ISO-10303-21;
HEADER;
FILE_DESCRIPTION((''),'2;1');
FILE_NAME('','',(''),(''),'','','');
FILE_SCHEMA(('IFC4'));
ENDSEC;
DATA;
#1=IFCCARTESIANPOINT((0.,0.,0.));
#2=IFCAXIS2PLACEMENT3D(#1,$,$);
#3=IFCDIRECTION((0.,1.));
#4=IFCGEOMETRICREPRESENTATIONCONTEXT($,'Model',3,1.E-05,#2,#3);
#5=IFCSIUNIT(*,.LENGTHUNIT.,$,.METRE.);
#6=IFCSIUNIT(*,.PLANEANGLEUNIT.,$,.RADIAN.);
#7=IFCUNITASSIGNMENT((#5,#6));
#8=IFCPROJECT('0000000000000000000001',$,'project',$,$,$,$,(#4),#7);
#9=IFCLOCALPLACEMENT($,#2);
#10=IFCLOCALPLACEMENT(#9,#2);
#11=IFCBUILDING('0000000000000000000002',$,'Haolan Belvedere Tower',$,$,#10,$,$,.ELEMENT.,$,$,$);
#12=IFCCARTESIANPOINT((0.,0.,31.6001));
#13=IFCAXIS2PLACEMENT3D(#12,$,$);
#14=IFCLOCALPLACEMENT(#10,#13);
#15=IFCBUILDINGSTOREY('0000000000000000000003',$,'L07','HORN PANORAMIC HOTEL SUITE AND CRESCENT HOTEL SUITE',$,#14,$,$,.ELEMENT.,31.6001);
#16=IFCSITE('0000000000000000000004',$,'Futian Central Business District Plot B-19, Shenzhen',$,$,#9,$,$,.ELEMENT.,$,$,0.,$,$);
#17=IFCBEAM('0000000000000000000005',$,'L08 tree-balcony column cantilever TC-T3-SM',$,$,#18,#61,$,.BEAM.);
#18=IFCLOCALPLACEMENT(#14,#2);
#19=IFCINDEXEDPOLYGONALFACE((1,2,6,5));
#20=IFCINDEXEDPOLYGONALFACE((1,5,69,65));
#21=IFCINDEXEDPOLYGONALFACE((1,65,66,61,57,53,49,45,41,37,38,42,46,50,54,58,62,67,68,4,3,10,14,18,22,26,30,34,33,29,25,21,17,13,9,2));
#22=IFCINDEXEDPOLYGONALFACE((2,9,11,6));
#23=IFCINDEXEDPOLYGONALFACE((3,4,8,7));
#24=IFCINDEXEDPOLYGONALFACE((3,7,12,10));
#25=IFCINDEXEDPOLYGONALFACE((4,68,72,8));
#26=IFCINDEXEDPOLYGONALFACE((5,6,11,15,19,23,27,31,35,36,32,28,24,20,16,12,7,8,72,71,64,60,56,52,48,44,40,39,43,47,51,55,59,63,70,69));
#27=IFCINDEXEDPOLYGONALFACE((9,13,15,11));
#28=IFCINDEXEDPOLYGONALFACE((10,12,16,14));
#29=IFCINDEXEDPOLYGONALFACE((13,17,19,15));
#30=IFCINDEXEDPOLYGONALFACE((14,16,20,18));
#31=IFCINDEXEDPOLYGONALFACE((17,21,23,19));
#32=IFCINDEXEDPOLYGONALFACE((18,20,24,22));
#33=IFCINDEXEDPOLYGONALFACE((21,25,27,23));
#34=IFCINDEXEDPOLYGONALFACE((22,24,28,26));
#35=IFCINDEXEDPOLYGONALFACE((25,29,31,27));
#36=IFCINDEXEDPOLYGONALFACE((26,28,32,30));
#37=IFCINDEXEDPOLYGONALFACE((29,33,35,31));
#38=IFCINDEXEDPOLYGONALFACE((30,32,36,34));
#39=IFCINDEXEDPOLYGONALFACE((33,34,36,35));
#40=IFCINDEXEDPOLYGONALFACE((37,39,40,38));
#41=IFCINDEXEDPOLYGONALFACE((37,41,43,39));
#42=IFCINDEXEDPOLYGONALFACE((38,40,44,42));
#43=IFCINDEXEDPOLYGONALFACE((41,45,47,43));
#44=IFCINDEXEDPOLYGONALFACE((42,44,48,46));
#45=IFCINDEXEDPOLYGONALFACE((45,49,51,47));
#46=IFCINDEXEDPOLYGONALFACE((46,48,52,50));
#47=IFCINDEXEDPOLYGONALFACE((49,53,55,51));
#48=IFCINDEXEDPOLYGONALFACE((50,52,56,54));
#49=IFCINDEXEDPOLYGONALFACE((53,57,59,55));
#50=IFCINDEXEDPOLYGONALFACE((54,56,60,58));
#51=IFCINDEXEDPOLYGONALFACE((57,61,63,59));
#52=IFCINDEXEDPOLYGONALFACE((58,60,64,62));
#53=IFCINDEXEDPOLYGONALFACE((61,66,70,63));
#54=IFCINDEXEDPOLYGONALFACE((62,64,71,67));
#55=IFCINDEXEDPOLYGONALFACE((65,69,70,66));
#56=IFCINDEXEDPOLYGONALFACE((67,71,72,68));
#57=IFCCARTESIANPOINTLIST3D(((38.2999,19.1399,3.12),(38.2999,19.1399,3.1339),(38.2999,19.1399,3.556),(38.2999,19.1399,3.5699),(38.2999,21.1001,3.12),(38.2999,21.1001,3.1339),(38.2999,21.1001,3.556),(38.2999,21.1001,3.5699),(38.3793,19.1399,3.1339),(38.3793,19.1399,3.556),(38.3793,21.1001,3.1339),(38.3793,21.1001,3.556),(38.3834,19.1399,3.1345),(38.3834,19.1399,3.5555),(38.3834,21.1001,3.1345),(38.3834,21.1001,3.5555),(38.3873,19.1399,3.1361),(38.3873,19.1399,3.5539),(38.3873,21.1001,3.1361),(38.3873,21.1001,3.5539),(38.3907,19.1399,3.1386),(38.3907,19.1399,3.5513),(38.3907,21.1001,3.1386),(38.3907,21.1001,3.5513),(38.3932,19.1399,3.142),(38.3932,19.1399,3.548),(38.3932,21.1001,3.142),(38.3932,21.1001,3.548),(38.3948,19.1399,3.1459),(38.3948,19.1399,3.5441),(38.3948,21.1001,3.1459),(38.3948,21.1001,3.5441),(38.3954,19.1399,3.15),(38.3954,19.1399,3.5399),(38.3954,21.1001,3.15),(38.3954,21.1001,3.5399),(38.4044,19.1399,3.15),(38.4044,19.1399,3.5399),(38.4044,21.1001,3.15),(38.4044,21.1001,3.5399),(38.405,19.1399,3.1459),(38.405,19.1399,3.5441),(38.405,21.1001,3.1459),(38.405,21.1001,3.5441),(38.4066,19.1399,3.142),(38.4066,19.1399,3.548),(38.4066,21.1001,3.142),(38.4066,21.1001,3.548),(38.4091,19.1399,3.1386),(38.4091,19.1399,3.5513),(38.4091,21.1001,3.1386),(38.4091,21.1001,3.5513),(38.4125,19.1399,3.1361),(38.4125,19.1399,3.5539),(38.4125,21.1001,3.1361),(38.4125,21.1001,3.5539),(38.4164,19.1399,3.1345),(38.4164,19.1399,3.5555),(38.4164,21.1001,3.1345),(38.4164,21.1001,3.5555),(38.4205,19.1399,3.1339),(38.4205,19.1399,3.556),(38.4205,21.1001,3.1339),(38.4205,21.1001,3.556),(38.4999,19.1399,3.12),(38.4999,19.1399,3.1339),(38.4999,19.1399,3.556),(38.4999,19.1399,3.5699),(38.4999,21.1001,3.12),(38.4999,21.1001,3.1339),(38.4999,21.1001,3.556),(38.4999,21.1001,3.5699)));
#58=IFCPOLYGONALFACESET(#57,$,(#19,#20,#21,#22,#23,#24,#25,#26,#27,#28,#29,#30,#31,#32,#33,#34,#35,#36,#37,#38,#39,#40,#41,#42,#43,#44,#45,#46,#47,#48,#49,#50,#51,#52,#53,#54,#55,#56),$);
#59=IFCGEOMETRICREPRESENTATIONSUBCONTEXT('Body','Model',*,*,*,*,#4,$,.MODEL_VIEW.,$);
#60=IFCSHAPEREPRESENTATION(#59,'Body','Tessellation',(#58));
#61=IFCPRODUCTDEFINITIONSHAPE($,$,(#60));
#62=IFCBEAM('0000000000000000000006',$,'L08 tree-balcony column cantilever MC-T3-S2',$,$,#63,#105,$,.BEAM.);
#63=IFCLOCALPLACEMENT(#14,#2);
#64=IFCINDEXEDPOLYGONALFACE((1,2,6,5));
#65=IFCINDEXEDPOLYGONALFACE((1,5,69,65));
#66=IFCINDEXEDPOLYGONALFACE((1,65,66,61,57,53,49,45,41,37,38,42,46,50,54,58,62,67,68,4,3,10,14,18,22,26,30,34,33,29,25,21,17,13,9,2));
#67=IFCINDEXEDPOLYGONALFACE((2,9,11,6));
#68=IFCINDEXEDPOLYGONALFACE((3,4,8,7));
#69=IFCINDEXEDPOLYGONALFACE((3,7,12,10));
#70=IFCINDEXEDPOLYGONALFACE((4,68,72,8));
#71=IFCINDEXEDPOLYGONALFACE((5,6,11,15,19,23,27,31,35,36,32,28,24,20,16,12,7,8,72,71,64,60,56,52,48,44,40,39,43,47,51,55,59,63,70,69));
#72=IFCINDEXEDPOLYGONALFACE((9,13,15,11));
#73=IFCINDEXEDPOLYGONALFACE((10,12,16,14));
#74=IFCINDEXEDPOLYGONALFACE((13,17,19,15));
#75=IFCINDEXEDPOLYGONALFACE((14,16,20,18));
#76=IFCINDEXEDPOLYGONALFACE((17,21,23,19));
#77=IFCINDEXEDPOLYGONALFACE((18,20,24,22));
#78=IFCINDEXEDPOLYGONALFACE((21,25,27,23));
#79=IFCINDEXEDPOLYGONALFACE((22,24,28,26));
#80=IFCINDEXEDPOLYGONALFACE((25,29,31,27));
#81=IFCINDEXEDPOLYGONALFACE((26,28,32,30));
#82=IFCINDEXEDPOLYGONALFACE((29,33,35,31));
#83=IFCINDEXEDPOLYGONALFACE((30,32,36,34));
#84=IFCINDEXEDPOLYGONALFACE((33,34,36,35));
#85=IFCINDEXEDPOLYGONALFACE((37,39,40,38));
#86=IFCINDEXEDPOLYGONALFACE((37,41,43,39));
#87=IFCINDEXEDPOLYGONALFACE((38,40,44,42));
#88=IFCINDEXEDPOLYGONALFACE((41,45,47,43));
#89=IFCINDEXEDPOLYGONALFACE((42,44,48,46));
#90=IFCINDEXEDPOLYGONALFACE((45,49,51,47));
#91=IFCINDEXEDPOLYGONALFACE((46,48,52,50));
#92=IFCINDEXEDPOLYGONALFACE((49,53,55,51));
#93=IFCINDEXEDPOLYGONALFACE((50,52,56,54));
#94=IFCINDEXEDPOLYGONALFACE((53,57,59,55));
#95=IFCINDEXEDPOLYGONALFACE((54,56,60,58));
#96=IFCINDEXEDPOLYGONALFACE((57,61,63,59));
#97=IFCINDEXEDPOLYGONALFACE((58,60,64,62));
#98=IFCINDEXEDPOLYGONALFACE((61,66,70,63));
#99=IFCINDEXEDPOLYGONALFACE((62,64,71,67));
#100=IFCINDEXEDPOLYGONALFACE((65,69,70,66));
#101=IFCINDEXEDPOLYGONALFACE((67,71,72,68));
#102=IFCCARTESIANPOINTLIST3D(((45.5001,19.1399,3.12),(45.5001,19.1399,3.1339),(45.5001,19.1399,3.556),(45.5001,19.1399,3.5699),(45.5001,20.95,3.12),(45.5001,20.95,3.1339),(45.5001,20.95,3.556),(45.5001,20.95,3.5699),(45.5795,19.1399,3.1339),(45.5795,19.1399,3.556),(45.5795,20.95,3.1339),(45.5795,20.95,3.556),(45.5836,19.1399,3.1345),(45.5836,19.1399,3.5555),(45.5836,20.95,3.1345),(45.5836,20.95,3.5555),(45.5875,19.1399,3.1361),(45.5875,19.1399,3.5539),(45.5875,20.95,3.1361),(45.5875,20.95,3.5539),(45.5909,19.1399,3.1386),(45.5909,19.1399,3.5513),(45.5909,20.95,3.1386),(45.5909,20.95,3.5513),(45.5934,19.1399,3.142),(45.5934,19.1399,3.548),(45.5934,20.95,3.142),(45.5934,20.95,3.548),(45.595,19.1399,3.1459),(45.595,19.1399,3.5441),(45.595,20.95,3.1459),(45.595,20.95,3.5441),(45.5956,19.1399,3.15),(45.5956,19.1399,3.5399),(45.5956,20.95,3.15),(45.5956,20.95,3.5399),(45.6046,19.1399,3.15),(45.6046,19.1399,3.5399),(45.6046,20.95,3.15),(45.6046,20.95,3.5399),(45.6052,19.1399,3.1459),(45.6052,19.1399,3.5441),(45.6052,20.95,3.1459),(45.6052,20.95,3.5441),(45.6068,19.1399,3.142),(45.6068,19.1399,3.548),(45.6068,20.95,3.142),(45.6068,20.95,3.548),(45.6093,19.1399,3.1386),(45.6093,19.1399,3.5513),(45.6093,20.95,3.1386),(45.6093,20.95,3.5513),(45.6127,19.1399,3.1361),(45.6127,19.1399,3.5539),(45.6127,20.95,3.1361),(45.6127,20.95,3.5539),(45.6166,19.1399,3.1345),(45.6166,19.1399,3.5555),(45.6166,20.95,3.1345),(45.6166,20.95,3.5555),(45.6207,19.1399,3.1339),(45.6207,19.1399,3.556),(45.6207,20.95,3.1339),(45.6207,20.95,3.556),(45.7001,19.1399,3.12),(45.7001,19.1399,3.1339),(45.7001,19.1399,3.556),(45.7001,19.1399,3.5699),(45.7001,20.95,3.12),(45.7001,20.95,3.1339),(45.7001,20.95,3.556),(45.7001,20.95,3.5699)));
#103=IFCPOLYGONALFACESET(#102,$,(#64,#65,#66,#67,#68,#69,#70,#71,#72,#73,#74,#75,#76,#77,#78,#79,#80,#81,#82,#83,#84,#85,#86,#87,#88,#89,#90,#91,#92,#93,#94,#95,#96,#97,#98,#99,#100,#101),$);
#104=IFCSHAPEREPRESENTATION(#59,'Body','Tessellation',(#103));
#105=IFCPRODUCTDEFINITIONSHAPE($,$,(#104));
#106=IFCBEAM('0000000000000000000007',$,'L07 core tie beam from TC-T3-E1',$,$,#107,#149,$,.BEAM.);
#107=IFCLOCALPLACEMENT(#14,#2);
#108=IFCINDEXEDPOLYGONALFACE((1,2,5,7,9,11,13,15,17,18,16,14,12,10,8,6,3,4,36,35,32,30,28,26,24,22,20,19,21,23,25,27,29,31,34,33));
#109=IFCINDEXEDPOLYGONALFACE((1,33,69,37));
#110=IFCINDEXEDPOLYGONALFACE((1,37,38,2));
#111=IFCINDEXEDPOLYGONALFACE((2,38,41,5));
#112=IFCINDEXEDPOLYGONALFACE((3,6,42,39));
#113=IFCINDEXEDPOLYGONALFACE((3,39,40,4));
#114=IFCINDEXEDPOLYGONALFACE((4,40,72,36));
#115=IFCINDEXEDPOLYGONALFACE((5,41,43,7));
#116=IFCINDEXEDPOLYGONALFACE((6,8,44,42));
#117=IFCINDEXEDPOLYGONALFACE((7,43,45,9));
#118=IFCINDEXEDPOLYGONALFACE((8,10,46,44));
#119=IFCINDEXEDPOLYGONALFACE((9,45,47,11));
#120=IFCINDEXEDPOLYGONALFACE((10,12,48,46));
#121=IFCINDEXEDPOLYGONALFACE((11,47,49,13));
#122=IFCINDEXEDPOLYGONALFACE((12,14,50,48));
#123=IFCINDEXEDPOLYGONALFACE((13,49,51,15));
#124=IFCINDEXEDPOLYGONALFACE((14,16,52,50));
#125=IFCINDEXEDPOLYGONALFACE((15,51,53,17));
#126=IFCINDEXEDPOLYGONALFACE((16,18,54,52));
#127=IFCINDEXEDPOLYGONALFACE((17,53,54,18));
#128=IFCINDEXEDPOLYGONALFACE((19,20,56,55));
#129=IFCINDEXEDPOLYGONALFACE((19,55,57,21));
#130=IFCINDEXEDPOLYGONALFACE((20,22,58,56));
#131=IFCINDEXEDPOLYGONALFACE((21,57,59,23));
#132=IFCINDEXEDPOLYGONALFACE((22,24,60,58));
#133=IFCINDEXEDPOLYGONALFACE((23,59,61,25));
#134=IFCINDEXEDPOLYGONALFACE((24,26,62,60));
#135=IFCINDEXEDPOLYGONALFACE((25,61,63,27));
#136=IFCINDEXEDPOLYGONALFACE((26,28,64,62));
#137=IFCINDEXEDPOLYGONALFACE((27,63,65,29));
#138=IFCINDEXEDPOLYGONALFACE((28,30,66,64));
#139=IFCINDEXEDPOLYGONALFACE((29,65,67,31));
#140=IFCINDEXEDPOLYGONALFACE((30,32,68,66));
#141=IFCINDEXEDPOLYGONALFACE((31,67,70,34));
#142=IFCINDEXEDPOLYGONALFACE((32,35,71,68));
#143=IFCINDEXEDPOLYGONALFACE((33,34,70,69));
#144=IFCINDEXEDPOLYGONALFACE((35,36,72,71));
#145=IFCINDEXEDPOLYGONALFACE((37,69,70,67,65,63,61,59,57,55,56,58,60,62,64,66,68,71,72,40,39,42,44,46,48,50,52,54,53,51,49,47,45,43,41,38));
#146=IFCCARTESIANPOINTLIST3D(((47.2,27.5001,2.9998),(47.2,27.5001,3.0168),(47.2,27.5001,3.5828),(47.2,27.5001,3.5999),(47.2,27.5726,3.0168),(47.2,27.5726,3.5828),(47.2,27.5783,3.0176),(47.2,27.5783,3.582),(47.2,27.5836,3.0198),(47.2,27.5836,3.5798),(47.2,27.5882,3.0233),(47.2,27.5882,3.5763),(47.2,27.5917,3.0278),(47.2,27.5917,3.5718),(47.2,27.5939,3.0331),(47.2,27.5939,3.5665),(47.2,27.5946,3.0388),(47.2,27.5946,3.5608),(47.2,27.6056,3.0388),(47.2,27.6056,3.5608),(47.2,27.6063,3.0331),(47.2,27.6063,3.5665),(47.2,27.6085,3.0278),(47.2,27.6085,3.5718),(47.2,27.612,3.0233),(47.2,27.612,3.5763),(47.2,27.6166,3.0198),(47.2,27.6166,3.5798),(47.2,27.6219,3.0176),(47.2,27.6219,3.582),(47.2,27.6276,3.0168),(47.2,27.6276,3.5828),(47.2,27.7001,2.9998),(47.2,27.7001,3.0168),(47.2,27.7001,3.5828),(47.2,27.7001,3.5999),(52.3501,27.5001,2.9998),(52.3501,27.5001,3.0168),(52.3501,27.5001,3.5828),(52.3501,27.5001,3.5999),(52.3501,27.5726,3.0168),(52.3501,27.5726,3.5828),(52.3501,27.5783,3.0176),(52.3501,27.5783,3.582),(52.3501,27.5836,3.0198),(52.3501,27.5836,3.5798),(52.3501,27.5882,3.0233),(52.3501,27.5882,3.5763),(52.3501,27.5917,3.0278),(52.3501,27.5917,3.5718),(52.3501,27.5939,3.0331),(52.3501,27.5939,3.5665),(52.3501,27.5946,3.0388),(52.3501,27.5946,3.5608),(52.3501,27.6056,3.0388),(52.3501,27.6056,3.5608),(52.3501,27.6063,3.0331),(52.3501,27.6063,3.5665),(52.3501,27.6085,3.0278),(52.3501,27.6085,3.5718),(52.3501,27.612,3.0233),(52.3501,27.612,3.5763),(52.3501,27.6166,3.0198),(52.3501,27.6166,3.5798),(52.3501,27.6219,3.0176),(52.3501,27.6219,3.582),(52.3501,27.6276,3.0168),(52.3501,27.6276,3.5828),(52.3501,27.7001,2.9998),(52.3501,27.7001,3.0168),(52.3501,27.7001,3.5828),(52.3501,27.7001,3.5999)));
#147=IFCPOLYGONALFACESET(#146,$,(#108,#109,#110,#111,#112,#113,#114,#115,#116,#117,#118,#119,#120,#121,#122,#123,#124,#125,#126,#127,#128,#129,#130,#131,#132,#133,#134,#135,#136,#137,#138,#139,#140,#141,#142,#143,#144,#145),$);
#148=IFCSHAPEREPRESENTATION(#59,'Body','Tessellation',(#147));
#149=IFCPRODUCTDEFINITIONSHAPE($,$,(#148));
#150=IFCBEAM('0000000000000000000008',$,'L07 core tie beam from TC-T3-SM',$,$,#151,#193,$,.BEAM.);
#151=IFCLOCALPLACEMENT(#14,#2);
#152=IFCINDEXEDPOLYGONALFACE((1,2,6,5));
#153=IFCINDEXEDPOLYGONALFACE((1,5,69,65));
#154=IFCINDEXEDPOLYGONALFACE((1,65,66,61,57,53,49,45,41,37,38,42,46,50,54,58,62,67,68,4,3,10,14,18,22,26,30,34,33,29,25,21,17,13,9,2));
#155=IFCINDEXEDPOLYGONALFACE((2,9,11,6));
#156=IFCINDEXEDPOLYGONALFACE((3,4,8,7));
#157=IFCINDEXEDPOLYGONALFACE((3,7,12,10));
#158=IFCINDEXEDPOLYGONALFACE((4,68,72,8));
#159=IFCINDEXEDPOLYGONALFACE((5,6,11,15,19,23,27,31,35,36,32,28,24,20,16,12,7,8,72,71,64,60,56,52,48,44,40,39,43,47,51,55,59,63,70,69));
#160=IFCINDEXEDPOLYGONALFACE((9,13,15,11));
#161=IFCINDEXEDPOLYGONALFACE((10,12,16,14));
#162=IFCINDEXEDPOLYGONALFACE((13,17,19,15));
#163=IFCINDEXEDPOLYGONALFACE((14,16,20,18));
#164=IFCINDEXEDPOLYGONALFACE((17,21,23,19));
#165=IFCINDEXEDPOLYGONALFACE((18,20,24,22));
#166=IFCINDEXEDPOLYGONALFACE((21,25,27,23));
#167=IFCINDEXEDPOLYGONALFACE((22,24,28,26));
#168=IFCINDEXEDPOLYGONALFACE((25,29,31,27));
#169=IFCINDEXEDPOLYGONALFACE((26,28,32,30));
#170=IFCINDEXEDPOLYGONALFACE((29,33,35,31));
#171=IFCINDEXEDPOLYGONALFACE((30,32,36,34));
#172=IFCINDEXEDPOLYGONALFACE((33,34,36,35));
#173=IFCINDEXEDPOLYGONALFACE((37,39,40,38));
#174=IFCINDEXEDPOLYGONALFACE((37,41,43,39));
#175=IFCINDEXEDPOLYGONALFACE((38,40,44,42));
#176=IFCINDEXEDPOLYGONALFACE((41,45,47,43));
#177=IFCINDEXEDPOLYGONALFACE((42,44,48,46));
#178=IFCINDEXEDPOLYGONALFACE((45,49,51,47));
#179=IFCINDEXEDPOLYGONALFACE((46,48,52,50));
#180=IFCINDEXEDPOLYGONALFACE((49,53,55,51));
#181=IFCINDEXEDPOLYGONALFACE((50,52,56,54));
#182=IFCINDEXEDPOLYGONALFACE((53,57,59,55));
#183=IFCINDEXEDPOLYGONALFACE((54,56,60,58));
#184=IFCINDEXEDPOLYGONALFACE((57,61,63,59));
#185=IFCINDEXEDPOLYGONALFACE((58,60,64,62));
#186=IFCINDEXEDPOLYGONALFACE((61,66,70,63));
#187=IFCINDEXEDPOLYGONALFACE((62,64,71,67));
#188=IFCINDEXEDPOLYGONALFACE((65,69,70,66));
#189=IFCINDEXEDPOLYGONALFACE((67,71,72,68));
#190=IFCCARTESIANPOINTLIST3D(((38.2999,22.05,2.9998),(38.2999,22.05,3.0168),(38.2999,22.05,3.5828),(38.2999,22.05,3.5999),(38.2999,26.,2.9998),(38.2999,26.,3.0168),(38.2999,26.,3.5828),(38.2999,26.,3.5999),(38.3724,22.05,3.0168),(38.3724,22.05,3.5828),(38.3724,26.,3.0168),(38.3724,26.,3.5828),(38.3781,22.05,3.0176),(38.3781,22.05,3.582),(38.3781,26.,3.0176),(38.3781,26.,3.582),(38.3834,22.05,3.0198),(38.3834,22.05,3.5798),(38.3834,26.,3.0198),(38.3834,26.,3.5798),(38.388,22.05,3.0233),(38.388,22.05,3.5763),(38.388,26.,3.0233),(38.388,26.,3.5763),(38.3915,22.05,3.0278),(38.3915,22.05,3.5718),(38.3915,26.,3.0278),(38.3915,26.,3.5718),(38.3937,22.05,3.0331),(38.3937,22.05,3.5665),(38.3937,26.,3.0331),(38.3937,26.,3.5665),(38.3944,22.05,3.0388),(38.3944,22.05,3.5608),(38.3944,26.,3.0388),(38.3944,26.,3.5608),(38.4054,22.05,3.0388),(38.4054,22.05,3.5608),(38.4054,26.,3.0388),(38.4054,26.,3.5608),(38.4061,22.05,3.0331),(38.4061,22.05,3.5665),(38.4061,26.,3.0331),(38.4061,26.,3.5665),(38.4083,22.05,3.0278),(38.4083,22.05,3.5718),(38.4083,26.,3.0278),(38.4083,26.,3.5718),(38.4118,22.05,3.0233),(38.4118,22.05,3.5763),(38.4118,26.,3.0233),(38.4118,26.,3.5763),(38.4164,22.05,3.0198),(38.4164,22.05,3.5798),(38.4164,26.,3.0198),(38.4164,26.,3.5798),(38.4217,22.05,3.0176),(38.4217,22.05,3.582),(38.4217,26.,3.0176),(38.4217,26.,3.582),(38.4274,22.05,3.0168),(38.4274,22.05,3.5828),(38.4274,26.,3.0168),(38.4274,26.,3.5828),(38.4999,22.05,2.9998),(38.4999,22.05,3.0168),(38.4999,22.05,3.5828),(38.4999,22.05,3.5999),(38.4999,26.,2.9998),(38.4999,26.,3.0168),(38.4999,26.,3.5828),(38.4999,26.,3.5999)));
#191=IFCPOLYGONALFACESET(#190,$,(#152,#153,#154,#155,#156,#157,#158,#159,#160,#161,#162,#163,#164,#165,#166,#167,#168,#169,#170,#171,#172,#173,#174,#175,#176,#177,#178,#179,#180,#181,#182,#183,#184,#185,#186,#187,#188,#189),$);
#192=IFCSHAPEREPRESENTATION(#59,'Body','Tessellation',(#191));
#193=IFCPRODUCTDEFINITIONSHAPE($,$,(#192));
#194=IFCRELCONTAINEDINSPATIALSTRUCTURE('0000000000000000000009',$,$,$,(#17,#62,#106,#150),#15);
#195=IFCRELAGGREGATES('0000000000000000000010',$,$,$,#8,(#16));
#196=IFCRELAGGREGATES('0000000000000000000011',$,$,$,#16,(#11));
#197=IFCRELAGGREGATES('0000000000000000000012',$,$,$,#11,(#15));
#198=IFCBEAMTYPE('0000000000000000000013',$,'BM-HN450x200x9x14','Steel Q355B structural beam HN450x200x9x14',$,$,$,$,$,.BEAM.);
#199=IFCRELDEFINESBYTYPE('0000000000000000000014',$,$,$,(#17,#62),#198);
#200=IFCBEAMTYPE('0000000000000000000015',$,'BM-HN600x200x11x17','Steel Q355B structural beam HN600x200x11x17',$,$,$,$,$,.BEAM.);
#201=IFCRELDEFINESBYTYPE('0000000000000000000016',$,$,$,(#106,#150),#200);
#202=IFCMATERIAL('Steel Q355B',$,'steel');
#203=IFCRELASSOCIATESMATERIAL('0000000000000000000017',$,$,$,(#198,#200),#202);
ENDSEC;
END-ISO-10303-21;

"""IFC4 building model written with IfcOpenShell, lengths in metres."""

from ifc_helpers import new_model, si_unit, direction, frame, origin, origin_2d, place, context, subcontext, project, spatial, i_section, extrude, material, material_profile, profile_set, type_object, element, save


model = new_model("IFC4")

# Units and contexts
model_context = context("Model", 3, precision=1e-05, world=origin(), true_north=direction((0.0, 1.0)))
body_context = subcontext(model_context, "Body", "Model", "MODEL_VIEW")
ifc_project = project(units=[si_unit("LENGTHUNIT", "METRE"), si_unit("PLANEANGLEUNIT", "RADIAN")], contexts=[model_context])

# Site, building, storey
site_placement = place(None, origin())
site = spatial("IfcSite", under=ifc_project, at=site_placement, Name="Futian Central Business District Plot B-19, Shenzhen", CompositionType="ELEMENT", RefElevation=0.0)
building_placement = place(site_placement, origin())
building = spatial("IfcBuilding", under=site, at=building_placement, Name="Haolan Belvedere Tower", CompositionType="ELEMENT")
storey_placement = place(building_placement, frame((0.0, 0.0, 31.6001)))
storey = spatial("IfcBuildingStorey", under=building, at=storey_placement, Name="L07", Description="HORN PANORAMIC HOTEL SUITE AND CRESCENT HOTEL SUITE", CompositionType="ELEMENT", Elevation=31.6001)

# Shared definitions
ifc_material_1 = material(Name="Steel Q355B", Category="steel")

# Beams
ifc_material_profile_1 = material_profile(ifc_material_1, i_section(OverallWidth=0.2, OverallDepth=0.45, WebThickness=0.009, FlangeThickness=0.0139, FilletRadius=0.0161, at=origin_2d()), Name="Steel Q355B")
ifc_profile_set_1 = profile_set([ifc_material_profile_1], Name="Steel Q355B")
beam_type_1 = type_object("IfcBeamType", Name="BM-HN450x200x9x14", Description="Steel Q355B structural beam HN450x200x9x14", PredefinedType="BEAM", material=ifc_profile_set_1)
beam_1_placement = place(storey_placement, frame((38.3999, 21.1001, 3.345), z_axis=(0.0, -1.0, 0.0), x_axis=(1.0, 0.0, 0.0)))
element("IfcBeam", 1, at=beam_1_placement, inside=storey, type_object=beam_type_1, Name="L08 tree-balcony column cantilever TC-T3-SM", PredefinedType="BEAM", context=body_context, shape_type="SweptSolid", body=[
    extrude(i_section(OverallWidth=0.2, OverallDepth=0.45, WebThickness=0.009, FlangeThickness=0.0139, FilletRadius=0.0161, at=origin_2d()), origin(), (0.0, 0.0, 1.0), 1.9602),
])
beam_2_placement = place(storey_placement, frame((45.6001, 20.95, 3.345), z_axis=(0.0, -1.0, 0.0), x_axis=(1.0, 0.0, 0.0)))
element("IfcBeam", 2, at=beam_2_placement, inside=storey, type_object=beam_type_1, Name="L08 tree-balcony column cantilever MC-T3-S2", PredefinedType="BEAM", context=body_context, shape_type="SweptSolid", body=[
    extrude(i_section(OverallWidth=0.2, OverallDepth=0.45, WebThickness=0.009, FlangeThickness=0.0139, FilletRadius=0.0161, at=origin_2d()), origin(), (0.0, 0.0, 1.0), 1.8101),
])
ifc_material_profile_2 = material_profile(ifc_material_1, i_section(OverallWidth=0.2, OverallDepth=0.6001, WebThickness=0.011, FlangeThickness=0.0171, FilletRadius=0.022, at=origin_2d()), Name="Steel Q355B")
ifc_profile_set_2 = profile_set([ifc_material_profile_2], Name="Steel Q355B")
beam_type_2 = type_object("IfcBeamType", Name="BM-HN600x200x11x17", Description="Steel Q355B structural beam HN600x200x11x17", PredefinedType="BEAM", material=ifc_profile_set_2)
beam_3_placement = place(storey_placement, frame((52.3501, 27.6001, 3.2998), z_axis=(-1.0, 0.0, 0.0), x_axis=(0.0, -1.0, 0.0)))
element("IfcBeam", 3, at=beam_3_placement, inside=storey, type_object=beam_type_2, Name="L07 core tie beam from TC-T3-E1", PredefinedType="BEAM", context=body_context, shape_type="SweptSolid", body=[
    extrude(i_section(OverallWidth=0.2, OverallDepth=0.6001, WebThickness=0.011, FlangeThickness=0.0171, FilletRadius=0.022, at=origin_2d()), origin(), (0.0, 0.0, 1.0), 5.1501),
])
for number, where, z_axis, x_axis, name in (
    (4, (38.3999, 22.05, 3.2998), (0.0, 1.0, 0.0), (-1.0, 0.0, 0.0), "L07 core tie beam from TC-T3-SM"),
):
    element("IfcBeam", number, at=place(storey_placement, frame(where, z_axis=z_axis, x_axis=x_axis)), inside=storey, type_object=beam_type_2, Name=name, PredefinedType="BEAM", context=body_context, shape_type="SweptSolid", body=[
        extrude(i_section(OverallWidth=0.2, OverallDepth=0.6001, WebThickness=0.011, FlangeThickness=0.0171, FilletRadius=0.022, at=origin_2d()), origin(), (0.0, 0.0, 1.0), 3.95),
    ])

save(model, "model.ifc")
